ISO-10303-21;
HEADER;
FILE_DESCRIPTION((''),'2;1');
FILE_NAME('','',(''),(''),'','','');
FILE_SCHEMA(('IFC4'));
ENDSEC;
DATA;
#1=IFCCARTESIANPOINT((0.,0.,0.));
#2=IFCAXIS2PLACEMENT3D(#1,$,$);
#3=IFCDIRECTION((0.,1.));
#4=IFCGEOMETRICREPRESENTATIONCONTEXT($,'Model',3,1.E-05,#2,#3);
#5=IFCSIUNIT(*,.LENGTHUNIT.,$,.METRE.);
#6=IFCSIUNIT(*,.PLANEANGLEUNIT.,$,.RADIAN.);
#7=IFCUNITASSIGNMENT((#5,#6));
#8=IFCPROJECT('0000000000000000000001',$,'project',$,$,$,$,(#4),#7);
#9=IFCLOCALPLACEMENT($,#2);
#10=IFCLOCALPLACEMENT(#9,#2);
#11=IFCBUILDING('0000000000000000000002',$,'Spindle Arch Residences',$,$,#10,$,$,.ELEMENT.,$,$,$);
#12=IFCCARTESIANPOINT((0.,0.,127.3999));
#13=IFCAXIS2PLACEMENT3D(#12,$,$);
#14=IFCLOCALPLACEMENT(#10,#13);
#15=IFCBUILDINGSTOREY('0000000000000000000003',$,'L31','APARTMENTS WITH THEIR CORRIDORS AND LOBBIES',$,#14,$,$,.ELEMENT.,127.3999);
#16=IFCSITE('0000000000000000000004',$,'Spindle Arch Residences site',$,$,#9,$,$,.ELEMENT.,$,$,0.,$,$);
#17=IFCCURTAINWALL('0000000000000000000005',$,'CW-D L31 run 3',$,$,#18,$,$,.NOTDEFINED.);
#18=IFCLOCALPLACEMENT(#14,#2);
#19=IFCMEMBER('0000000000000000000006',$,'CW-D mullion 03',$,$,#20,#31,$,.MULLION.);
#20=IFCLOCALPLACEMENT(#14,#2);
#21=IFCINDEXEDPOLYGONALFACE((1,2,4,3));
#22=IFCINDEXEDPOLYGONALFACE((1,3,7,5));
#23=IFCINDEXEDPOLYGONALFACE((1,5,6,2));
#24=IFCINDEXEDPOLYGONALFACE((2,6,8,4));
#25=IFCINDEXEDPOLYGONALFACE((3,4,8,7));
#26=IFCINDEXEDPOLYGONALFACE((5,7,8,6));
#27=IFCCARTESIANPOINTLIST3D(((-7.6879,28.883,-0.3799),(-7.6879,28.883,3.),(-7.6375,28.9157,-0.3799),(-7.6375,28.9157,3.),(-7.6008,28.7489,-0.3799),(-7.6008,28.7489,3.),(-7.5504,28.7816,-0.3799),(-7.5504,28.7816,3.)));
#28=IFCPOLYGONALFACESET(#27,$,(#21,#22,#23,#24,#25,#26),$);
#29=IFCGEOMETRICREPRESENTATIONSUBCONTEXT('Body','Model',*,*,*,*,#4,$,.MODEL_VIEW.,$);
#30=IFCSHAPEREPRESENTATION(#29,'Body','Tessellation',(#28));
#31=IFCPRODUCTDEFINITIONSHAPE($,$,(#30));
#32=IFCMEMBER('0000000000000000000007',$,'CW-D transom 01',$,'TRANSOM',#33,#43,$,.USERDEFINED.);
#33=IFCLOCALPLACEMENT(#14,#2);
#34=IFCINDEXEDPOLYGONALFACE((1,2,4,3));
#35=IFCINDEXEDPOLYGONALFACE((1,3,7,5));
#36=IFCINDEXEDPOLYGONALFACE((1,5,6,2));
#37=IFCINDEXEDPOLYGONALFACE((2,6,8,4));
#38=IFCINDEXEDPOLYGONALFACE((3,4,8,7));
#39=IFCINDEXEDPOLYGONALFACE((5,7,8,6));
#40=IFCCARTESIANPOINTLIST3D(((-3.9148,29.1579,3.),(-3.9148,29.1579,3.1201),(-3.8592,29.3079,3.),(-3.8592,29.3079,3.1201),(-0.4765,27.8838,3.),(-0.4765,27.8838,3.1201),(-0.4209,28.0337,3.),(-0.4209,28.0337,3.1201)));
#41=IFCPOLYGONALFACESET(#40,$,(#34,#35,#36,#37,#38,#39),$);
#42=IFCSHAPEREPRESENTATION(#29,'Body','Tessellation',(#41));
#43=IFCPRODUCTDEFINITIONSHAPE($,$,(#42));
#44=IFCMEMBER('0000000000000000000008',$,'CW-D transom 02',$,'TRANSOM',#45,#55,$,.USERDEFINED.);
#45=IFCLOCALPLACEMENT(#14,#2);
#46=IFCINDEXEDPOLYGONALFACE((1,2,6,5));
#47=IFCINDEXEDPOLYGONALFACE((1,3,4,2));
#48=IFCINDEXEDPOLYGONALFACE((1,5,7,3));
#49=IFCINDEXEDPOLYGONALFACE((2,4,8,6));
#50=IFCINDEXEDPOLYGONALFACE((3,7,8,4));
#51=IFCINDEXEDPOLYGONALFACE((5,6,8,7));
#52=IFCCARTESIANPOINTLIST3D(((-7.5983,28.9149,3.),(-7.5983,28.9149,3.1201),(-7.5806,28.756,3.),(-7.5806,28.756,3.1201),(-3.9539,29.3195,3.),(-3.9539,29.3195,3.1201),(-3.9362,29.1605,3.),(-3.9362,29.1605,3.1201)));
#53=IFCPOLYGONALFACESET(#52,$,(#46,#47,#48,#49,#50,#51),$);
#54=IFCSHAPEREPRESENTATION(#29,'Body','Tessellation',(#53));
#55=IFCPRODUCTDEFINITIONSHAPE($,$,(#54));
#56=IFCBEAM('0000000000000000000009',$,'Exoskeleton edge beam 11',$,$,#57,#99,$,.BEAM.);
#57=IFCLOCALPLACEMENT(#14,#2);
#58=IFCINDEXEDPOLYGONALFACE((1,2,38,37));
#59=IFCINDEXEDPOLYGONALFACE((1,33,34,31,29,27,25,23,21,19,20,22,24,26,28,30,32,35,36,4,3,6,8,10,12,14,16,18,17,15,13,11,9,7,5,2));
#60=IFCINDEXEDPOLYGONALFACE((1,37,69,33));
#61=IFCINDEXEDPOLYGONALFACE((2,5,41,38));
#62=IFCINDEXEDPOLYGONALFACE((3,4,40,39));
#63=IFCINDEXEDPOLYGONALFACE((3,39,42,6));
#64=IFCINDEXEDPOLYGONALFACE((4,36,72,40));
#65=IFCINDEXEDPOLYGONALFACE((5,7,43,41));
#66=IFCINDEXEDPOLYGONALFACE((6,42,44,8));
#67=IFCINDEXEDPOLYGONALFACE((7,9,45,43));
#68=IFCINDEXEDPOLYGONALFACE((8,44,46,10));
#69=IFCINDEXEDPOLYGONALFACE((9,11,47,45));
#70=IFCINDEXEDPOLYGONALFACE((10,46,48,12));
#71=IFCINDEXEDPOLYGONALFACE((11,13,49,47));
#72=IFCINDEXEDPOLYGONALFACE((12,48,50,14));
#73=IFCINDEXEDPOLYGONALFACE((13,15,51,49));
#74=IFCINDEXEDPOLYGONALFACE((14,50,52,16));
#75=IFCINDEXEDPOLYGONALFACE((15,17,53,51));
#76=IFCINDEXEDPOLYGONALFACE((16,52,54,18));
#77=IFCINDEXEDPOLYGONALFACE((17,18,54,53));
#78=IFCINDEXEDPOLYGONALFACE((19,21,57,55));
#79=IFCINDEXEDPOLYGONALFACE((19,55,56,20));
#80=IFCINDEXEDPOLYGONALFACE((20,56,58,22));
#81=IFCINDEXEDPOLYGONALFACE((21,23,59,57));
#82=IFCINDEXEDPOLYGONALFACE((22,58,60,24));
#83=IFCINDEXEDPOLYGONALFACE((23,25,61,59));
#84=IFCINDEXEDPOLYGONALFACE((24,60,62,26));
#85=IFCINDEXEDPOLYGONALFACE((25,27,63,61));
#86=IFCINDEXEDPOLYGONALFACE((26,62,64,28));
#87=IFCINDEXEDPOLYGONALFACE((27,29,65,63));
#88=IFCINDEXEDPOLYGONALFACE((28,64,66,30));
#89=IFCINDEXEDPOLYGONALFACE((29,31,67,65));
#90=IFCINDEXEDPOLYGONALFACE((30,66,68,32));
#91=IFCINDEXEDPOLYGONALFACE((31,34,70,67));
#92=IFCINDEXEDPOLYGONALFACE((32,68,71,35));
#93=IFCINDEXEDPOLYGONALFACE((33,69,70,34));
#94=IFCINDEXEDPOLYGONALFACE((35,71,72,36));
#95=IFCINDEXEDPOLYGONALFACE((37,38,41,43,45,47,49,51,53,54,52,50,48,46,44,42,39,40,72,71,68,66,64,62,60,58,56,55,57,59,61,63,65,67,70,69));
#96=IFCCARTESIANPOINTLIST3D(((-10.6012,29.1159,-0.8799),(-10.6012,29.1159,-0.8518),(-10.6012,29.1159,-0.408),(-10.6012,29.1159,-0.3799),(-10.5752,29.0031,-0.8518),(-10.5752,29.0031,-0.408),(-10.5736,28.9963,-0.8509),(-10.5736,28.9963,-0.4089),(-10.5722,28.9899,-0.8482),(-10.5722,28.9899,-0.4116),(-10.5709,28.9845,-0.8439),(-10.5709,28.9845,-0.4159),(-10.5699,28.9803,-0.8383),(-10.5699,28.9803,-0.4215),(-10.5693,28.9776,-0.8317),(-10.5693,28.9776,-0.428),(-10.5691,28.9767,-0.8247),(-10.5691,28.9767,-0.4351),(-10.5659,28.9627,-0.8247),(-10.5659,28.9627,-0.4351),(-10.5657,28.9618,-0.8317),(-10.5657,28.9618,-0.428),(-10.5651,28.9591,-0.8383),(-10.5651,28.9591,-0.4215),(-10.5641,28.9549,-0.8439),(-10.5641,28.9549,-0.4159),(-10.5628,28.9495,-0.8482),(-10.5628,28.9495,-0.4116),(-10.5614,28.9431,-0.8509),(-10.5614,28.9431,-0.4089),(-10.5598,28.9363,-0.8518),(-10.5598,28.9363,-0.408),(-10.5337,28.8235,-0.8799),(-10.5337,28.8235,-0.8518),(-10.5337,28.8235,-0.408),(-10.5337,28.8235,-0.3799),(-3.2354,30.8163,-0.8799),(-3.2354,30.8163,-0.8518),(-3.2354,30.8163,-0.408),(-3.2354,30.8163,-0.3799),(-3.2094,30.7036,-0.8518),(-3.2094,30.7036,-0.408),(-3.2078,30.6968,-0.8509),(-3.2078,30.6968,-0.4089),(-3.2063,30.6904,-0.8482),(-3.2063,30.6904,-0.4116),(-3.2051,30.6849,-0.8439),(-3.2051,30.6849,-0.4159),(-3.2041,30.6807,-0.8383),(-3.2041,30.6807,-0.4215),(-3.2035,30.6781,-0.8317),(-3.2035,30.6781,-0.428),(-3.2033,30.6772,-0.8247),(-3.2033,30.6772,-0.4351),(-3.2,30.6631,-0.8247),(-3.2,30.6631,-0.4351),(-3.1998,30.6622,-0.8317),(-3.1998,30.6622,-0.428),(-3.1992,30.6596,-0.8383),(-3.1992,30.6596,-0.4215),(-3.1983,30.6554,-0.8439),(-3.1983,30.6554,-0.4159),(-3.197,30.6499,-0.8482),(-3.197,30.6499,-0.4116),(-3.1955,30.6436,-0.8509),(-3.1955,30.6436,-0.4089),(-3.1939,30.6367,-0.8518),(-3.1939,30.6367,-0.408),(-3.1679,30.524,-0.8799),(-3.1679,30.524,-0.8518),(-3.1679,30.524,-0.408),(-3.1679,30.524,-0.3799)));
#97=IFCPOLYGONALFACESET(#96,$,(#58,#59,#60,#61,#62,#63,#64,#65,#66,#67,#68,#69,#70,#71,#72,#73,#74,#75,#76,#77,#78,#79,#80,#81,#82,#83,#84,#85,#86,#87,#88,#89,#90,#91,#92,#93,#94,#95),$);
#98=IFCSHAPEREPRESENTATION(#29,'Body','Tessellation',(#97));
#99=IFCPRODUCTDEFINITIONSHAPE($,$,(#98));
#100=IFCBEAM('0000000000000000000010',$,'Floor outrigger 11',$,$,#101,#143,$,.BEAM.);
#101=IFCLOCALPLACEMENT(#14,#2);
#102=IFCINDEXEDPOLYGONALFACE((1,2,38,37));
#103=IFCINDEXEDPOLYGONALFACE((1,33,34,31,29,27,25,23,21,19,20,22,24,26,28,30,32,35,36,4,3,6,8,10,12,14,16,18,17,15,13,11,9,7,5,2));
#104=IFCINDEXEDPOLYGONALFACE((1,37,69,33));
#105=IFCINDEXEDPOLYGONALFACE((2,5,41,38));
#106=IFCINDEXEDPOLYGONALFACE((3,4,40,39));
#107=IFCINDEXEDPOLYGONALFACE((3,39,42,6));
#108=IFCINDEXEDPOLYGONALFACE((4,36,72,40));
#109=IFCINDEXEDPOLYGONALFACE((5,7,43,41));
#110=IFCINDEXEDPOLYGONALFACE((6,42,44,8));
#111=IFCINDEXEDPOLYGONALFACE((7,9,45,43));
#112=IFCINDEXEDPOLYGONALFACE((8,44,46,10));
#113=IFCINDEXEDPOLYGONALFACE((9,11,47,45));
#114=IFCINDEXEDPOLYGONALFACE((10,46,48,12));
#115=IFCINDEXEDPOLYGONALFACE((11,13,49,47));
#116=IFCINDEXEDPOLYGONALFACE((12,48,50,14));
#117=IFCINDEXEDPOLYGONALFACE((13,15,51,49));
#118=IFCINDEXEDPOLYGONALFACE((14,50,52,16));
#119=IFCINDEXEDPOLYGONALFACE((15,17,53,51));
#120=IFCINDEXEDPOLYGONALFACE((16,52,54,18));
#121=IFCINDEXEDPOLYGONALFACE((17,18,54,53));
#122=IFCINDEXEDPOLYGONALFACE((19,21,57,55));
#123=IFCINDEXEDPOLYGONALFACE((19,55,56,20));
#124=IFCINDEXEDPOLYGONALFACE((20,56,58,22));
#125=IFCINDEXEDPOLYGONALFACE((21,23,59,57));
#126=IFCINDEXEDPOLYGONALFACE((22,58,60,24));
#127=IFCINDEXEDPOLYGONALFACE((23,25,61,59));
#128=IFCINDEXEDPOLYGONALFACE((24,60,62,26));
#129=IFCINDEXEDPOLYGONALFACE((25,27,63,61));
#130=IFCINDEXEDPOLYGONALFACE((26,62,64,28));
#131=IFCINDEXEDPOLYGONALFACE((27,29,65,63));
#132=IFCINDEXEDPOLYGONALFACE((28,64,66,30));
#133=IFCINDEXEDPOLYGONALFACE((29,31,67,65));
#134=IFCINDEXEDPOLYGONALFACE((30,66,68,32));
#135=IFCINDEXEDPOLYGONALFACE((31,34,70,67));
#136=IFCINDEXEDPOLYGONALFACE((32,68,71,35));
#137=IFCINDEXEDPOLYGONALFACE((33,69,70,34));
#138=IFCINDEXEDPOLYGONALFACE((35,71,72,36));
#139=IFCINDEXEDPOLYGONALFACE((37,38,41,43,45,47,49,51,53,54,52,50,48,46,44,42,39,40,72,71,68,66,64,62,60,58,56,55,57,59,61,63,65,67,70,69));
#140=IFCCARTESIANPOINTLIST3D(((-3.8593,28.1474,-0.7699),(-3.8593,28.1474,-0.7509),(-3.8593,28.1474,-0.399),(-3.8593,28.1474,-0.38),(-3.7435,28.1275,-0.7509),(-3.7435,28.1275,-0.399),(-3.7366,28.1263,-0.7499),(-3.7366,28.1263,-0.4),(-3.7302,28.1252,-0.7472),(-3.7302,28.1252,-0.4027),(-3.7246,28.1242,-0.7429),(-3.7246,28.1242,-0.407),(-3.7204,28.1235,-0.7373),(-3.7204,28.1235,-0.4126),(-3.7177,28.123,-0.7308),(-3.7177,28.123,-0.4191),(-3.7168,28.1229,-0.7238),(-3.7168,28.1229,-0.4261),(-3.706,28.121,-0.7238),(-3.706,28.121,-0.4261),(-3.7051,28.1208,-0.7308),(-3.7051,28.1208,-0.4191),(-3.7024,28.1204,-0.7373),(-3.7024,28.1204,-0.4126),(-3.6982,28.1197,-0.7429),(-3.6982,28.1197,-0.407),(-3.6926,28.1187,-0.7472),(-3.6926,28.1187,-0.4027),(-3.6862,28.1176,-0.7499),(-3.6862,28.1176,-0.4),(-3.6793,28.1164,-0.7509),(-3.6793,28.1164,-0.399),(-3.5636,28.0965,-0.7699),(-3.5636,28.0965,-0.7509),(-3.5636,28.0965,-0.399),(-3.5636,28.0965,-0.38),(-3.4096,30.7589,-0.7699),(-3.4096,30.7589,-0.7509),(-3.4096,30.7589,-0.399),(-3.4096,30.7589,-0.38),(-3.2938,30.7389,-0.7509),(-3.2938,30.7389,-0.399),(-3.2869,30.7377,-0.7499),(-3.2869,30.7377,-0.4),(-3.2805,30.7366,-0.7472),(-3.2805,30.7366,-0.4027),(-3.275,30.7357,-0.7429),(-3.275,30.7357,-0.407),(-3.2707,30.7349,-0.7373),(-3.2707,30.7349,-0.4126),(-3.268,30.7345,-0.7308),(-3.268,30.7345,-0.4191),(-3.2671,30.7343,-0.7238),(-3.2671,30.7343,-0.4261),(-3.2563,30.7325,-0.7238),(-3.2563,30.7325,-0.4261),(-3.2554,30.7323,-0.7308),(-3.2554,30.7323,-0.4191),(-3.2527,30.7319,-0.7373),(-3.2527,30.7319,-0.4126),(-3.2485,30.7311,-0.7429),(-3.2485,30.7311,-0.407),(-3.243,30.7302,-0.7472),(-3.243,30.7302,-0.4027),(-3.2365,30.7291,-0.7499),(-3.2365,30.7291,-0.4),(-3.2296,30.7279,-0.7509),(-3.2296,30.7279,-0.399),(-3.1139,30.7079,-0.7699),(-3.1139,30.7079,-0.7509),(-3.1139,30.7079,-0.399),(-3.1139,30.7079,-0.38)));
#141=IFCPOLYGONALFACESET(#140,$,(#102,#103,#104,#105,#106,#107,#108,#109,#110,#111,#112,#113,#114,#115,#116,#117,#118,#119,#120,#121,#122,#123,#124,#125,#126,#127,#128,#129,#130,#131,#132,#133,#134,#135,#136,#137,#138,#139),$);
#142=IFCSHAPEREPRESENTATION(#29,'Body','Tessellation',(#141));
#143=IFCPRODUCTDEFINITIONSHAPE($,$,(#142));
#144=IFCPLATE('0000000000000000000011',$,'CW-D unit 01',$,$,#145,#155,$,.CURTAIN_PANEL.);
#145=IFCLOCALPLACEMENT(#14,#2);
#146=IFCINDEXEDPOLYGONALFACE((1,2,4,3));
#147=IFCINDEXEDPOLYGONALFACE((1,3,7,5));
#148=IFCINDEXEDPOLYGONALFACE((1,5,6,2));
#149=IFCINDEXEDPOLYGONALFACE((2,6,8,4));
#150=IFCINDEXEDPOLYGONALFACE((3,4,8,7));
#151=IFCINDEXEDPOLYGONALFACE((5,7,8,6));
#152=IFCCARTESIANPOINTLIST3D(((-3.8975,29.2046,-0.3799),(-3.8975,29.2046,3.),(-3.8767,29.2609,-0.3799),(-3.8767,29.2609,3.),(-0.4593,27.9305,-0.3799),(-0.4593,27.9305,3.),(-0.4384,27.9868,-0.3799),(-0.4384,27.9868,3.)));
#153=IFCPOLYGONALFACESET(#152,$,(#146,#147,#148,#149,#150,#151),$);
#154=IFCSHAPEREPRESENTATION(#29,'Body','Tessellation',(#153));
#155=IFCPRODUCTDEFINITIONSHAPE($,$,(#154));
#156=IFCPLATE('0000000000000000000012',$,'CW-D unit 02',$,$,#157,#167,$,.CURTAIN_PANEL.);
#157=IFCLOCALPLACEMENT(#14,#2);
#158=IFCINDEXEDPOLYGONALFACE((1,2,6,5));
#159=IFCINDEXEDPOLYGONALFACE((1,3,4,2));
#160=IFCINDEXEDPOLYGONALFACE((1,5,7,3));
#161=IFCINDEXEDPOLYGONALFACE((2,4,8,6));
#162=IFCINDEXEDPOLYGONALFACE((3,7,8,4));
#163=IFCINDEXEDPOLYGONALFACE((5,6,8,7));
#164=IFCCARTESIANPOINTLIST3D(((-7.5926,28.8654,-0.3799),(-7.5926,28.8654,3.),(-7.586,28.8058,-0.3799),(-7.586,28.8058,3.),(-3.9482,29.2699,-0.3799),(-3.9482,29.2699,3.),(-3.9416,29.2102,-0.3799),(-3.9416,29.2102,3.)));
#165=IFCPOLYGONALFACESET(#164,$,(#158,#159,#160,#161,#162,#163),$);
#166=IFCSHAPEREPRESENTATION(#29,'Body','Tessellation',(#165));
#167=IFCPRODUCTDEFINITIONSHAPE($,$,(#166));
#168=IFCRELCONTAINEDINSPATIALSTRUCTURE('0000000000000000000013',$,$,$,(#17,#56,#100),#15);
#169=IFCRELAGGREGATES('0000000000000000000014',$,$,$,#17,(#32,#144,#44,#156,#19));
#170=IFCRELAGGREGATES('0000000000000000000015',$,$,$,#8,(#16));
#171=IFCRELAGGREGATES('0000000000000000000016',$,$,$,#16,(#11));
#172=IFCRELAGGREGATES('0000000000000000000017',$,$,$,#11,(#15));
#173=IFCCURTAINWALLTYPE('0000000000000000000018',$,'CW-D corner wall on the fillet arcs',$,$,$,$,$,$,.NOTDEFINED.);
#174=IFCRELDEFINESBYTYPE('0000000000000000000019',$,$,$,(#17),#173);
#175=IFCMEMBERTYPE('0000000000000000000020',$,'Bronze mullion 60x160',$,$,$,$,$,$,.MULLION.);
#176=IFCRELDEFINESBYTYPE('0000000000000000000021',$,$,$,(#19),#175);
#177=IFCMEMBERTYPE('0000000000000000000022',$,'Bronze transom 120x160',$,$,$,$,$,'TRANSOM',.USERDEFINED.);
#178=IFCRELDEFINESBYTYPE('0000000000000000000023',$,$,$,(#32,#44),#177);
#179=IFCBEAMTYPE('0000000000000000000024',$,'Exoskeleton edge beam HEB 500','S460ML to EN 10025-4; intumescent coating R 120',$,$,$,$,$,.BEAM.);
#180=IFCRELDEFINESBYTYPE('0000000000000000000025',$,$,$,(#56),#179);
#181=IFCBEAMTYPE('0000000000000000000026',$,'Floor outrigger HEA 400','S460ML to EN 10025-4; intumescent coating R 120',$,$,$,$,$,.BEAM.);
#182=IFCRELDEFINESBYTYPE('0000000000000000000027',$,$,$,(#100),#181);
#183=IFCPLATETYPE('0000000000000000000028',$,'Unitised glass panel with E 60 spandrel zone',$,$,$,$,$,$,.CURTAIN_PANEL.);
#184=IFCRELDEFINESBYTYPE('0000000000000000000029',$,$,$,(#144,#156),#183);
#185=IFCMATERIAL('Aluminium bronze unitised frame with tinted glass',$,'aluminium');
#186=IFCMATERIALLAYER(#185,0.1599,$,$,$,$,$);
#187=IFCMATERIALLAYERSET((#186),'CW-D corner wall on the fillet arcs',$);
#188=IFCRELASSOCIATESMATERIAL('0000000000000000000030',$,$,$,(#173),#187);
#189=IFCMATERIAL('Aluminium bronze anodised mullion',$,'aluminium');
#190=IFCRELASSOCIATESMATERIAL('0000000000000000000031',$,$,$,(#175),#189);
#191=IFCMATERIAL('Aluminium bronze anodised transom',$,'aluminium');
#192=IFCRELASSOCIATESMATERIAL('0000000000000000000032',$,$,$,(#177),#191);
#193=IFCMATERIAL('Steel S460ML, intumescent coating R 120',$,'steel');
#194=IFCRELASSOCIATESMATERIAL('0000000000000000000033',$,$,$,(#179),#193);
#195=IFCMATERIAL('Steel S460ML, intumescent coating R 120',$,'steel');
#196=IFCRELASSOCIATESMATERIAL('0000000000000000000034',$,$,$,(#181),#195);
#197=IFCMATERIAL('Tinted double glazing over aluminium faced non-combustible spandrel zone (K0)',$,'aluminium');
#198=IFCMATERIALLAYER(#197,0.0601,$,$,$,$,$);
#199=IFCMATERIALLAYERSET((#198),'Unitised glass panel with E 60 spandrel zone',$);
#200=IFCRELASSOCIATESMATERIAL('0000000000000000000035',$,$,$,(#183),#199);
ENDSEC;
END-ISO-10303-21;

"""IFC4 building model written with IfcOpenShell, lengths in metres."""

from ifc_helpers import new_model, si_unit, direction, frame, origin, origin_2d, place, context, subcontext, project, spatial, rectangle, i_section, extrude, material, layer, layer_set, material_profile, profile_set, type_object, element, aggregate, save


model = new_model("IFC4")

# Units and contexts
model_context = context("Model", 3, precision=1e-05, world=origin(), true_north=direction((0.0, 1.0)))
body_context = subcontext(model_context, "Body", "Model", "MODEL_VIEW")
ifc_project = project(units=[si_unit("LENGTHUNIT", "METRE"), si_unit("PLANEANGLEUNIT", "RADIAN")], contexts=[model_context])

# Site, building, storey
site_placement = place(None, origin())
site = spatial("IfcSite", under=ifc_project, at=site_placement, Name="Spindle Arch Residences site", CompositionType="ELEMENT", RefElevation=0.0)
building_placement = place(site_placement, origin())
building = spatial("IfcBuilding", under=site, at=building_placement, Name="Spindle Arch Residences", CompositionType="ELEMENT")
storey_placement = place(building_placement, frame((0.0, 0.0, 127.3999)))
storey = spatial("IfcBuildingStorey", under=building, at=storey_placement, Name="L31", Description="APARTMENTS WITH THEIR CORRIDORS AND LOBBIES", CompositionType="ELEMENT", Elevation=127.3999)

# Curtain wall, members
ifc_material_1 = material(Name="Aluminium bronze unitised frame with tinted glass", Category="aluminium")
ifc_layer_1 = layer(ifc_material_1, 0.1599)
ifc_layer_set_1 = layer_set([ifc_layer_1], Name="CW-D corner wall on the fillet arcs")
curtain_wall_type = type_object("IfcCurtainWallType", Name="CW-D corner wall on the fillet arcs", PredefinedType="NOTDEFINED", material=ifc_layer_set_1)
curtain_wall_placement = place(storey_placement, origin())
curtain_wall = element("IfcCurtainWall", 1, at=curtain_wall_placement, inside=storey, type_object=curtain_wall_type, Name="CW-D L31 run 3", PredefinedType="NOTDEFINED")
ifc_material_2 = material(Name="Aluminium bronze anodised mullion", Category="aluminium")
ifc_material_profile_1 = material_profile(ifc_material_2, rectangle(XDim=0.1599, YDim=0.0601, at=origin_2d()), Name="MU 60x160")
ifc_profile_set_1 = profile_set([ifc_material_profile_1], Name="Aluminium bronze anodised mullion")
member_type_1 = type_object("IfcMemberType", Name="Bronze mullion 60x160", PredefinedType="MULLION", material=ifc_profile_set_1)
member_1_placement = place(storey_placement, frame((-7.6191, 28.8323, -0.3799), z_axis=(0.0, 0.0, 1.0), x_axis=(0.544639, -0.838671, 0.0)))
member_1 = element("IfcMember", 2, at=member_1_placement, type_object=member_type_1, Name="CW-D mullion 03", PredefinedType="MULLION", context=body_context, shape_type="SweptSolid", body=[
    extrude(rectangle(XDim=0.1599, YDim=0.0601, at=origin_2d()), origin(), (0.0, 0.0, 1.0), 3.3799),
])
ifc_material_3 = material(Name="Aluminium bronze anodised transom", Category="aluminium")
ifc_material_profile_2 = material_profile(ifc_material_3, rectangle(XDim=0.1599, YDim=0.1201, at=origin_2d()), Name="TR 120x160")
ifc_profile_set_2 = profile_set([ifc_material_profile_2], Name="Aluminium bronze anodised transom")
member_type_2 = type_object("IfcMemberType", Name="Bronze transom 120x160", ElementType="TRANSOM", PredefinedType="USERDEFINED", material=ifc_profile_set_2)
member_2_placement = place(storey_placement, frame((-0.4487, 27.9587, 3.0601), z_axis=(-0.937682, 0.347494, 0.0), x_axis=(-0.347494, -0.937682, 0.0)))
member_2 = element("IfcMember", 3, at=member_2_placement, type_object=member_type_2, Name="CW-D transom 01", ObjectType="TRANSOM", PredefinedType="USERDEFINED", context=body_context, shape_type="SweptSolid", body=[
    extrude(rectangle(XDim=0.1599, YDim=0.1201, at=origin_2d()), origin(), (0.0, 0.0, 1.0), 3.6667),
])
member_3_placement = place(storey_placement, frame((-3.9451, 29.24, 3.0601), z_axis=(-0.993895, -0.110329, 0.0), x_axis=(0.110329, -0.993895, 0.0)))
member_3 = element("IfcMember", 4, at=member_3_placement, type_object=member_type_2, Name="CW-D transom 02", ObjectType="TRANSOM", PredefinedType="USERDEFINED", context=body_context, shape_type="SweptSolid", body=[
    extrude(rectangle(XDim=0.1599, YDim=0.1201, at=origin_2d()), origin(), (0.0, 0.0, 1.0), 3.6667),
])

# Beams
ifc_material_4 = material(Name="Steel S460ML, intumescent coating R 120", Category="steel")
ifc_material_profile_3 = material_profile(ifc_material_4, i_section(OverallWidth=0.3, OverallDepth=0.5, WebThickness=0.0144, FlangeThickness=0.0281, FilletRadius=0.0271, at=origin_2d()), Name="HEB 500")
ifc_profile_set_3 = profile_set([ifc_material_profile_3], Name="Steel S460ML, intumescent coating R 120")
beam_type_1 = type_object("IfcBeamType", Name="Exoskeleton edge beam HEB 500", Description="S460ML to EN 10025-4; intumescent coating R 120", PredefinedType="BEAM", material=ifc_profile_set_3)
beam_1_placement = place(storey_placement, frame((-3.2017, 30.6702, -0.6299), z_axis=(-0.974372, -0.224942, 0.0), x_axis=(0.224942, -0.974372, 0.0)))
element("IfcBeam", 5, at=beam_1_placement, inside=storey, type_object=beam_type_1, Name="Exoskeleton edge beam 11", PredefinedType="BEAM", context=body_context, shape_type="SweptSolid", body=[
    extrude(i_section(OverallWidth=0.3, OverallDepth=0.5, WebThickness=0.0144, FlangeThickness=0.0281, FilletRadius=0.0271, at=origin_2d()), origin(), (0.0, 0.0, 1.0), 7.5596),
])
ifc_material_5 = material(Name="Steel S460ML, intumescent coating R 120", Category="steel")
ifc_material_profile_4 = material_profile(ifc_material_5, i_section(OverallWidth=0.3, OverallDepth=0.3899, WebThickness=0.011, FlangeThickness=0.019, FilletRadius=0.0271, at=origin_2d()), Name="HEA 400")
ifc_profile_set_4 = profile_set([ifc_material_profile_4], Name="Steel S460ML, intumescent coating R 120")
beam_type_2 = type_object("IfcBeamType", Name="Floor outrigger HEA 400", Description="S460ML to EN 10025-4; intumescent coating R 120", PredefinedType="BEAM", material=ifc_profile_set_4)
beam_2_placement = place(storey_placement, frame((-3.2617, 30.7334, -0.575), z_axis=(-0.1697, -0.985496, 0.0), x_axis=(0.985496, -0.1697, 0.0)))
element("IfcBeam", 6, at=beam_2_placement, inside=storey, type_object=beam_type_2, Name="Floor outrigger 11", PredefinedType="BEAM", context=body_context, shape_type="SweptSolid", body=[
    extrude(i_section(OverallWidth=0.3, OverallDepth=0.3899, WebThickness=0.011, FlangeThickness=0.019, FilletRadius=0.0271, at=origin_2d()), origin(), (0.0, 0.0, 1.0), 2.6499),
])

# Plates
ifc_material_6 = material(Name="Tinted double glazing over aluminium faced non-combustible spandrel zone (K0)", Category="aluminium")
ifc_layer_2 = layer(ifc_material_6, 0.0601)
ifc_layer_set_2 = layer_set([ifc_layer_2], Name="Unitised glass panel with E 60 spandrel zone")
plate_type = type_object("IfcPlateType", Name="Unitised glass panel with E 60 spandrel zone", PredefinedType="CURTAIN_PANEL", material=ifc_layer_set_2)
plate_1_placement = place(storey_placement, frame((-2.168, 28.5957, -0.3799), z_axis=(0.0, 0.0, 1.0), x_axis=(-0.937687, 0.347481, 0.0)))
plate_1 = element("IfcPlate", 7, at=plate_1_placement, type_object=plate_type, Name="CW-D unit 01", PredefinedType="CURTAIN_PANEL", context=body_context, shape_type="SweptSolid", body=[
    extrude(rectangle(XDim=3.6667, YDim=0.0601, at=origin_2d()), origin(), (0.0, 0.0, 1.0), 3.3799),
])
plate_2_placement = place(storey_placement, frame((-5.7671, 29.0378, -0.3799), z_axis=(0.0, 0.0, 1.0), x_axis=(-0.993897, -0.110313, 0.0)))
plate_2 = element("IfcPlate", 8, at=plate_2_placement, type_object=plate_type, Name="CW-D unit 02", PredefinedType="CURTAIN_PANEL", context=body_context, shape_type="SweptSolid", body=[
    extrude(rectangle(XDim=3.6667, YDim=0.0601, at=origin_2d()), origin(), (0.0, 0.0, 1.0), 3.3799),
])
aggregate(curtain_wall, [member_2, plate_1, member_3, plate_2, member_1])

save(model, "model.ifc")
